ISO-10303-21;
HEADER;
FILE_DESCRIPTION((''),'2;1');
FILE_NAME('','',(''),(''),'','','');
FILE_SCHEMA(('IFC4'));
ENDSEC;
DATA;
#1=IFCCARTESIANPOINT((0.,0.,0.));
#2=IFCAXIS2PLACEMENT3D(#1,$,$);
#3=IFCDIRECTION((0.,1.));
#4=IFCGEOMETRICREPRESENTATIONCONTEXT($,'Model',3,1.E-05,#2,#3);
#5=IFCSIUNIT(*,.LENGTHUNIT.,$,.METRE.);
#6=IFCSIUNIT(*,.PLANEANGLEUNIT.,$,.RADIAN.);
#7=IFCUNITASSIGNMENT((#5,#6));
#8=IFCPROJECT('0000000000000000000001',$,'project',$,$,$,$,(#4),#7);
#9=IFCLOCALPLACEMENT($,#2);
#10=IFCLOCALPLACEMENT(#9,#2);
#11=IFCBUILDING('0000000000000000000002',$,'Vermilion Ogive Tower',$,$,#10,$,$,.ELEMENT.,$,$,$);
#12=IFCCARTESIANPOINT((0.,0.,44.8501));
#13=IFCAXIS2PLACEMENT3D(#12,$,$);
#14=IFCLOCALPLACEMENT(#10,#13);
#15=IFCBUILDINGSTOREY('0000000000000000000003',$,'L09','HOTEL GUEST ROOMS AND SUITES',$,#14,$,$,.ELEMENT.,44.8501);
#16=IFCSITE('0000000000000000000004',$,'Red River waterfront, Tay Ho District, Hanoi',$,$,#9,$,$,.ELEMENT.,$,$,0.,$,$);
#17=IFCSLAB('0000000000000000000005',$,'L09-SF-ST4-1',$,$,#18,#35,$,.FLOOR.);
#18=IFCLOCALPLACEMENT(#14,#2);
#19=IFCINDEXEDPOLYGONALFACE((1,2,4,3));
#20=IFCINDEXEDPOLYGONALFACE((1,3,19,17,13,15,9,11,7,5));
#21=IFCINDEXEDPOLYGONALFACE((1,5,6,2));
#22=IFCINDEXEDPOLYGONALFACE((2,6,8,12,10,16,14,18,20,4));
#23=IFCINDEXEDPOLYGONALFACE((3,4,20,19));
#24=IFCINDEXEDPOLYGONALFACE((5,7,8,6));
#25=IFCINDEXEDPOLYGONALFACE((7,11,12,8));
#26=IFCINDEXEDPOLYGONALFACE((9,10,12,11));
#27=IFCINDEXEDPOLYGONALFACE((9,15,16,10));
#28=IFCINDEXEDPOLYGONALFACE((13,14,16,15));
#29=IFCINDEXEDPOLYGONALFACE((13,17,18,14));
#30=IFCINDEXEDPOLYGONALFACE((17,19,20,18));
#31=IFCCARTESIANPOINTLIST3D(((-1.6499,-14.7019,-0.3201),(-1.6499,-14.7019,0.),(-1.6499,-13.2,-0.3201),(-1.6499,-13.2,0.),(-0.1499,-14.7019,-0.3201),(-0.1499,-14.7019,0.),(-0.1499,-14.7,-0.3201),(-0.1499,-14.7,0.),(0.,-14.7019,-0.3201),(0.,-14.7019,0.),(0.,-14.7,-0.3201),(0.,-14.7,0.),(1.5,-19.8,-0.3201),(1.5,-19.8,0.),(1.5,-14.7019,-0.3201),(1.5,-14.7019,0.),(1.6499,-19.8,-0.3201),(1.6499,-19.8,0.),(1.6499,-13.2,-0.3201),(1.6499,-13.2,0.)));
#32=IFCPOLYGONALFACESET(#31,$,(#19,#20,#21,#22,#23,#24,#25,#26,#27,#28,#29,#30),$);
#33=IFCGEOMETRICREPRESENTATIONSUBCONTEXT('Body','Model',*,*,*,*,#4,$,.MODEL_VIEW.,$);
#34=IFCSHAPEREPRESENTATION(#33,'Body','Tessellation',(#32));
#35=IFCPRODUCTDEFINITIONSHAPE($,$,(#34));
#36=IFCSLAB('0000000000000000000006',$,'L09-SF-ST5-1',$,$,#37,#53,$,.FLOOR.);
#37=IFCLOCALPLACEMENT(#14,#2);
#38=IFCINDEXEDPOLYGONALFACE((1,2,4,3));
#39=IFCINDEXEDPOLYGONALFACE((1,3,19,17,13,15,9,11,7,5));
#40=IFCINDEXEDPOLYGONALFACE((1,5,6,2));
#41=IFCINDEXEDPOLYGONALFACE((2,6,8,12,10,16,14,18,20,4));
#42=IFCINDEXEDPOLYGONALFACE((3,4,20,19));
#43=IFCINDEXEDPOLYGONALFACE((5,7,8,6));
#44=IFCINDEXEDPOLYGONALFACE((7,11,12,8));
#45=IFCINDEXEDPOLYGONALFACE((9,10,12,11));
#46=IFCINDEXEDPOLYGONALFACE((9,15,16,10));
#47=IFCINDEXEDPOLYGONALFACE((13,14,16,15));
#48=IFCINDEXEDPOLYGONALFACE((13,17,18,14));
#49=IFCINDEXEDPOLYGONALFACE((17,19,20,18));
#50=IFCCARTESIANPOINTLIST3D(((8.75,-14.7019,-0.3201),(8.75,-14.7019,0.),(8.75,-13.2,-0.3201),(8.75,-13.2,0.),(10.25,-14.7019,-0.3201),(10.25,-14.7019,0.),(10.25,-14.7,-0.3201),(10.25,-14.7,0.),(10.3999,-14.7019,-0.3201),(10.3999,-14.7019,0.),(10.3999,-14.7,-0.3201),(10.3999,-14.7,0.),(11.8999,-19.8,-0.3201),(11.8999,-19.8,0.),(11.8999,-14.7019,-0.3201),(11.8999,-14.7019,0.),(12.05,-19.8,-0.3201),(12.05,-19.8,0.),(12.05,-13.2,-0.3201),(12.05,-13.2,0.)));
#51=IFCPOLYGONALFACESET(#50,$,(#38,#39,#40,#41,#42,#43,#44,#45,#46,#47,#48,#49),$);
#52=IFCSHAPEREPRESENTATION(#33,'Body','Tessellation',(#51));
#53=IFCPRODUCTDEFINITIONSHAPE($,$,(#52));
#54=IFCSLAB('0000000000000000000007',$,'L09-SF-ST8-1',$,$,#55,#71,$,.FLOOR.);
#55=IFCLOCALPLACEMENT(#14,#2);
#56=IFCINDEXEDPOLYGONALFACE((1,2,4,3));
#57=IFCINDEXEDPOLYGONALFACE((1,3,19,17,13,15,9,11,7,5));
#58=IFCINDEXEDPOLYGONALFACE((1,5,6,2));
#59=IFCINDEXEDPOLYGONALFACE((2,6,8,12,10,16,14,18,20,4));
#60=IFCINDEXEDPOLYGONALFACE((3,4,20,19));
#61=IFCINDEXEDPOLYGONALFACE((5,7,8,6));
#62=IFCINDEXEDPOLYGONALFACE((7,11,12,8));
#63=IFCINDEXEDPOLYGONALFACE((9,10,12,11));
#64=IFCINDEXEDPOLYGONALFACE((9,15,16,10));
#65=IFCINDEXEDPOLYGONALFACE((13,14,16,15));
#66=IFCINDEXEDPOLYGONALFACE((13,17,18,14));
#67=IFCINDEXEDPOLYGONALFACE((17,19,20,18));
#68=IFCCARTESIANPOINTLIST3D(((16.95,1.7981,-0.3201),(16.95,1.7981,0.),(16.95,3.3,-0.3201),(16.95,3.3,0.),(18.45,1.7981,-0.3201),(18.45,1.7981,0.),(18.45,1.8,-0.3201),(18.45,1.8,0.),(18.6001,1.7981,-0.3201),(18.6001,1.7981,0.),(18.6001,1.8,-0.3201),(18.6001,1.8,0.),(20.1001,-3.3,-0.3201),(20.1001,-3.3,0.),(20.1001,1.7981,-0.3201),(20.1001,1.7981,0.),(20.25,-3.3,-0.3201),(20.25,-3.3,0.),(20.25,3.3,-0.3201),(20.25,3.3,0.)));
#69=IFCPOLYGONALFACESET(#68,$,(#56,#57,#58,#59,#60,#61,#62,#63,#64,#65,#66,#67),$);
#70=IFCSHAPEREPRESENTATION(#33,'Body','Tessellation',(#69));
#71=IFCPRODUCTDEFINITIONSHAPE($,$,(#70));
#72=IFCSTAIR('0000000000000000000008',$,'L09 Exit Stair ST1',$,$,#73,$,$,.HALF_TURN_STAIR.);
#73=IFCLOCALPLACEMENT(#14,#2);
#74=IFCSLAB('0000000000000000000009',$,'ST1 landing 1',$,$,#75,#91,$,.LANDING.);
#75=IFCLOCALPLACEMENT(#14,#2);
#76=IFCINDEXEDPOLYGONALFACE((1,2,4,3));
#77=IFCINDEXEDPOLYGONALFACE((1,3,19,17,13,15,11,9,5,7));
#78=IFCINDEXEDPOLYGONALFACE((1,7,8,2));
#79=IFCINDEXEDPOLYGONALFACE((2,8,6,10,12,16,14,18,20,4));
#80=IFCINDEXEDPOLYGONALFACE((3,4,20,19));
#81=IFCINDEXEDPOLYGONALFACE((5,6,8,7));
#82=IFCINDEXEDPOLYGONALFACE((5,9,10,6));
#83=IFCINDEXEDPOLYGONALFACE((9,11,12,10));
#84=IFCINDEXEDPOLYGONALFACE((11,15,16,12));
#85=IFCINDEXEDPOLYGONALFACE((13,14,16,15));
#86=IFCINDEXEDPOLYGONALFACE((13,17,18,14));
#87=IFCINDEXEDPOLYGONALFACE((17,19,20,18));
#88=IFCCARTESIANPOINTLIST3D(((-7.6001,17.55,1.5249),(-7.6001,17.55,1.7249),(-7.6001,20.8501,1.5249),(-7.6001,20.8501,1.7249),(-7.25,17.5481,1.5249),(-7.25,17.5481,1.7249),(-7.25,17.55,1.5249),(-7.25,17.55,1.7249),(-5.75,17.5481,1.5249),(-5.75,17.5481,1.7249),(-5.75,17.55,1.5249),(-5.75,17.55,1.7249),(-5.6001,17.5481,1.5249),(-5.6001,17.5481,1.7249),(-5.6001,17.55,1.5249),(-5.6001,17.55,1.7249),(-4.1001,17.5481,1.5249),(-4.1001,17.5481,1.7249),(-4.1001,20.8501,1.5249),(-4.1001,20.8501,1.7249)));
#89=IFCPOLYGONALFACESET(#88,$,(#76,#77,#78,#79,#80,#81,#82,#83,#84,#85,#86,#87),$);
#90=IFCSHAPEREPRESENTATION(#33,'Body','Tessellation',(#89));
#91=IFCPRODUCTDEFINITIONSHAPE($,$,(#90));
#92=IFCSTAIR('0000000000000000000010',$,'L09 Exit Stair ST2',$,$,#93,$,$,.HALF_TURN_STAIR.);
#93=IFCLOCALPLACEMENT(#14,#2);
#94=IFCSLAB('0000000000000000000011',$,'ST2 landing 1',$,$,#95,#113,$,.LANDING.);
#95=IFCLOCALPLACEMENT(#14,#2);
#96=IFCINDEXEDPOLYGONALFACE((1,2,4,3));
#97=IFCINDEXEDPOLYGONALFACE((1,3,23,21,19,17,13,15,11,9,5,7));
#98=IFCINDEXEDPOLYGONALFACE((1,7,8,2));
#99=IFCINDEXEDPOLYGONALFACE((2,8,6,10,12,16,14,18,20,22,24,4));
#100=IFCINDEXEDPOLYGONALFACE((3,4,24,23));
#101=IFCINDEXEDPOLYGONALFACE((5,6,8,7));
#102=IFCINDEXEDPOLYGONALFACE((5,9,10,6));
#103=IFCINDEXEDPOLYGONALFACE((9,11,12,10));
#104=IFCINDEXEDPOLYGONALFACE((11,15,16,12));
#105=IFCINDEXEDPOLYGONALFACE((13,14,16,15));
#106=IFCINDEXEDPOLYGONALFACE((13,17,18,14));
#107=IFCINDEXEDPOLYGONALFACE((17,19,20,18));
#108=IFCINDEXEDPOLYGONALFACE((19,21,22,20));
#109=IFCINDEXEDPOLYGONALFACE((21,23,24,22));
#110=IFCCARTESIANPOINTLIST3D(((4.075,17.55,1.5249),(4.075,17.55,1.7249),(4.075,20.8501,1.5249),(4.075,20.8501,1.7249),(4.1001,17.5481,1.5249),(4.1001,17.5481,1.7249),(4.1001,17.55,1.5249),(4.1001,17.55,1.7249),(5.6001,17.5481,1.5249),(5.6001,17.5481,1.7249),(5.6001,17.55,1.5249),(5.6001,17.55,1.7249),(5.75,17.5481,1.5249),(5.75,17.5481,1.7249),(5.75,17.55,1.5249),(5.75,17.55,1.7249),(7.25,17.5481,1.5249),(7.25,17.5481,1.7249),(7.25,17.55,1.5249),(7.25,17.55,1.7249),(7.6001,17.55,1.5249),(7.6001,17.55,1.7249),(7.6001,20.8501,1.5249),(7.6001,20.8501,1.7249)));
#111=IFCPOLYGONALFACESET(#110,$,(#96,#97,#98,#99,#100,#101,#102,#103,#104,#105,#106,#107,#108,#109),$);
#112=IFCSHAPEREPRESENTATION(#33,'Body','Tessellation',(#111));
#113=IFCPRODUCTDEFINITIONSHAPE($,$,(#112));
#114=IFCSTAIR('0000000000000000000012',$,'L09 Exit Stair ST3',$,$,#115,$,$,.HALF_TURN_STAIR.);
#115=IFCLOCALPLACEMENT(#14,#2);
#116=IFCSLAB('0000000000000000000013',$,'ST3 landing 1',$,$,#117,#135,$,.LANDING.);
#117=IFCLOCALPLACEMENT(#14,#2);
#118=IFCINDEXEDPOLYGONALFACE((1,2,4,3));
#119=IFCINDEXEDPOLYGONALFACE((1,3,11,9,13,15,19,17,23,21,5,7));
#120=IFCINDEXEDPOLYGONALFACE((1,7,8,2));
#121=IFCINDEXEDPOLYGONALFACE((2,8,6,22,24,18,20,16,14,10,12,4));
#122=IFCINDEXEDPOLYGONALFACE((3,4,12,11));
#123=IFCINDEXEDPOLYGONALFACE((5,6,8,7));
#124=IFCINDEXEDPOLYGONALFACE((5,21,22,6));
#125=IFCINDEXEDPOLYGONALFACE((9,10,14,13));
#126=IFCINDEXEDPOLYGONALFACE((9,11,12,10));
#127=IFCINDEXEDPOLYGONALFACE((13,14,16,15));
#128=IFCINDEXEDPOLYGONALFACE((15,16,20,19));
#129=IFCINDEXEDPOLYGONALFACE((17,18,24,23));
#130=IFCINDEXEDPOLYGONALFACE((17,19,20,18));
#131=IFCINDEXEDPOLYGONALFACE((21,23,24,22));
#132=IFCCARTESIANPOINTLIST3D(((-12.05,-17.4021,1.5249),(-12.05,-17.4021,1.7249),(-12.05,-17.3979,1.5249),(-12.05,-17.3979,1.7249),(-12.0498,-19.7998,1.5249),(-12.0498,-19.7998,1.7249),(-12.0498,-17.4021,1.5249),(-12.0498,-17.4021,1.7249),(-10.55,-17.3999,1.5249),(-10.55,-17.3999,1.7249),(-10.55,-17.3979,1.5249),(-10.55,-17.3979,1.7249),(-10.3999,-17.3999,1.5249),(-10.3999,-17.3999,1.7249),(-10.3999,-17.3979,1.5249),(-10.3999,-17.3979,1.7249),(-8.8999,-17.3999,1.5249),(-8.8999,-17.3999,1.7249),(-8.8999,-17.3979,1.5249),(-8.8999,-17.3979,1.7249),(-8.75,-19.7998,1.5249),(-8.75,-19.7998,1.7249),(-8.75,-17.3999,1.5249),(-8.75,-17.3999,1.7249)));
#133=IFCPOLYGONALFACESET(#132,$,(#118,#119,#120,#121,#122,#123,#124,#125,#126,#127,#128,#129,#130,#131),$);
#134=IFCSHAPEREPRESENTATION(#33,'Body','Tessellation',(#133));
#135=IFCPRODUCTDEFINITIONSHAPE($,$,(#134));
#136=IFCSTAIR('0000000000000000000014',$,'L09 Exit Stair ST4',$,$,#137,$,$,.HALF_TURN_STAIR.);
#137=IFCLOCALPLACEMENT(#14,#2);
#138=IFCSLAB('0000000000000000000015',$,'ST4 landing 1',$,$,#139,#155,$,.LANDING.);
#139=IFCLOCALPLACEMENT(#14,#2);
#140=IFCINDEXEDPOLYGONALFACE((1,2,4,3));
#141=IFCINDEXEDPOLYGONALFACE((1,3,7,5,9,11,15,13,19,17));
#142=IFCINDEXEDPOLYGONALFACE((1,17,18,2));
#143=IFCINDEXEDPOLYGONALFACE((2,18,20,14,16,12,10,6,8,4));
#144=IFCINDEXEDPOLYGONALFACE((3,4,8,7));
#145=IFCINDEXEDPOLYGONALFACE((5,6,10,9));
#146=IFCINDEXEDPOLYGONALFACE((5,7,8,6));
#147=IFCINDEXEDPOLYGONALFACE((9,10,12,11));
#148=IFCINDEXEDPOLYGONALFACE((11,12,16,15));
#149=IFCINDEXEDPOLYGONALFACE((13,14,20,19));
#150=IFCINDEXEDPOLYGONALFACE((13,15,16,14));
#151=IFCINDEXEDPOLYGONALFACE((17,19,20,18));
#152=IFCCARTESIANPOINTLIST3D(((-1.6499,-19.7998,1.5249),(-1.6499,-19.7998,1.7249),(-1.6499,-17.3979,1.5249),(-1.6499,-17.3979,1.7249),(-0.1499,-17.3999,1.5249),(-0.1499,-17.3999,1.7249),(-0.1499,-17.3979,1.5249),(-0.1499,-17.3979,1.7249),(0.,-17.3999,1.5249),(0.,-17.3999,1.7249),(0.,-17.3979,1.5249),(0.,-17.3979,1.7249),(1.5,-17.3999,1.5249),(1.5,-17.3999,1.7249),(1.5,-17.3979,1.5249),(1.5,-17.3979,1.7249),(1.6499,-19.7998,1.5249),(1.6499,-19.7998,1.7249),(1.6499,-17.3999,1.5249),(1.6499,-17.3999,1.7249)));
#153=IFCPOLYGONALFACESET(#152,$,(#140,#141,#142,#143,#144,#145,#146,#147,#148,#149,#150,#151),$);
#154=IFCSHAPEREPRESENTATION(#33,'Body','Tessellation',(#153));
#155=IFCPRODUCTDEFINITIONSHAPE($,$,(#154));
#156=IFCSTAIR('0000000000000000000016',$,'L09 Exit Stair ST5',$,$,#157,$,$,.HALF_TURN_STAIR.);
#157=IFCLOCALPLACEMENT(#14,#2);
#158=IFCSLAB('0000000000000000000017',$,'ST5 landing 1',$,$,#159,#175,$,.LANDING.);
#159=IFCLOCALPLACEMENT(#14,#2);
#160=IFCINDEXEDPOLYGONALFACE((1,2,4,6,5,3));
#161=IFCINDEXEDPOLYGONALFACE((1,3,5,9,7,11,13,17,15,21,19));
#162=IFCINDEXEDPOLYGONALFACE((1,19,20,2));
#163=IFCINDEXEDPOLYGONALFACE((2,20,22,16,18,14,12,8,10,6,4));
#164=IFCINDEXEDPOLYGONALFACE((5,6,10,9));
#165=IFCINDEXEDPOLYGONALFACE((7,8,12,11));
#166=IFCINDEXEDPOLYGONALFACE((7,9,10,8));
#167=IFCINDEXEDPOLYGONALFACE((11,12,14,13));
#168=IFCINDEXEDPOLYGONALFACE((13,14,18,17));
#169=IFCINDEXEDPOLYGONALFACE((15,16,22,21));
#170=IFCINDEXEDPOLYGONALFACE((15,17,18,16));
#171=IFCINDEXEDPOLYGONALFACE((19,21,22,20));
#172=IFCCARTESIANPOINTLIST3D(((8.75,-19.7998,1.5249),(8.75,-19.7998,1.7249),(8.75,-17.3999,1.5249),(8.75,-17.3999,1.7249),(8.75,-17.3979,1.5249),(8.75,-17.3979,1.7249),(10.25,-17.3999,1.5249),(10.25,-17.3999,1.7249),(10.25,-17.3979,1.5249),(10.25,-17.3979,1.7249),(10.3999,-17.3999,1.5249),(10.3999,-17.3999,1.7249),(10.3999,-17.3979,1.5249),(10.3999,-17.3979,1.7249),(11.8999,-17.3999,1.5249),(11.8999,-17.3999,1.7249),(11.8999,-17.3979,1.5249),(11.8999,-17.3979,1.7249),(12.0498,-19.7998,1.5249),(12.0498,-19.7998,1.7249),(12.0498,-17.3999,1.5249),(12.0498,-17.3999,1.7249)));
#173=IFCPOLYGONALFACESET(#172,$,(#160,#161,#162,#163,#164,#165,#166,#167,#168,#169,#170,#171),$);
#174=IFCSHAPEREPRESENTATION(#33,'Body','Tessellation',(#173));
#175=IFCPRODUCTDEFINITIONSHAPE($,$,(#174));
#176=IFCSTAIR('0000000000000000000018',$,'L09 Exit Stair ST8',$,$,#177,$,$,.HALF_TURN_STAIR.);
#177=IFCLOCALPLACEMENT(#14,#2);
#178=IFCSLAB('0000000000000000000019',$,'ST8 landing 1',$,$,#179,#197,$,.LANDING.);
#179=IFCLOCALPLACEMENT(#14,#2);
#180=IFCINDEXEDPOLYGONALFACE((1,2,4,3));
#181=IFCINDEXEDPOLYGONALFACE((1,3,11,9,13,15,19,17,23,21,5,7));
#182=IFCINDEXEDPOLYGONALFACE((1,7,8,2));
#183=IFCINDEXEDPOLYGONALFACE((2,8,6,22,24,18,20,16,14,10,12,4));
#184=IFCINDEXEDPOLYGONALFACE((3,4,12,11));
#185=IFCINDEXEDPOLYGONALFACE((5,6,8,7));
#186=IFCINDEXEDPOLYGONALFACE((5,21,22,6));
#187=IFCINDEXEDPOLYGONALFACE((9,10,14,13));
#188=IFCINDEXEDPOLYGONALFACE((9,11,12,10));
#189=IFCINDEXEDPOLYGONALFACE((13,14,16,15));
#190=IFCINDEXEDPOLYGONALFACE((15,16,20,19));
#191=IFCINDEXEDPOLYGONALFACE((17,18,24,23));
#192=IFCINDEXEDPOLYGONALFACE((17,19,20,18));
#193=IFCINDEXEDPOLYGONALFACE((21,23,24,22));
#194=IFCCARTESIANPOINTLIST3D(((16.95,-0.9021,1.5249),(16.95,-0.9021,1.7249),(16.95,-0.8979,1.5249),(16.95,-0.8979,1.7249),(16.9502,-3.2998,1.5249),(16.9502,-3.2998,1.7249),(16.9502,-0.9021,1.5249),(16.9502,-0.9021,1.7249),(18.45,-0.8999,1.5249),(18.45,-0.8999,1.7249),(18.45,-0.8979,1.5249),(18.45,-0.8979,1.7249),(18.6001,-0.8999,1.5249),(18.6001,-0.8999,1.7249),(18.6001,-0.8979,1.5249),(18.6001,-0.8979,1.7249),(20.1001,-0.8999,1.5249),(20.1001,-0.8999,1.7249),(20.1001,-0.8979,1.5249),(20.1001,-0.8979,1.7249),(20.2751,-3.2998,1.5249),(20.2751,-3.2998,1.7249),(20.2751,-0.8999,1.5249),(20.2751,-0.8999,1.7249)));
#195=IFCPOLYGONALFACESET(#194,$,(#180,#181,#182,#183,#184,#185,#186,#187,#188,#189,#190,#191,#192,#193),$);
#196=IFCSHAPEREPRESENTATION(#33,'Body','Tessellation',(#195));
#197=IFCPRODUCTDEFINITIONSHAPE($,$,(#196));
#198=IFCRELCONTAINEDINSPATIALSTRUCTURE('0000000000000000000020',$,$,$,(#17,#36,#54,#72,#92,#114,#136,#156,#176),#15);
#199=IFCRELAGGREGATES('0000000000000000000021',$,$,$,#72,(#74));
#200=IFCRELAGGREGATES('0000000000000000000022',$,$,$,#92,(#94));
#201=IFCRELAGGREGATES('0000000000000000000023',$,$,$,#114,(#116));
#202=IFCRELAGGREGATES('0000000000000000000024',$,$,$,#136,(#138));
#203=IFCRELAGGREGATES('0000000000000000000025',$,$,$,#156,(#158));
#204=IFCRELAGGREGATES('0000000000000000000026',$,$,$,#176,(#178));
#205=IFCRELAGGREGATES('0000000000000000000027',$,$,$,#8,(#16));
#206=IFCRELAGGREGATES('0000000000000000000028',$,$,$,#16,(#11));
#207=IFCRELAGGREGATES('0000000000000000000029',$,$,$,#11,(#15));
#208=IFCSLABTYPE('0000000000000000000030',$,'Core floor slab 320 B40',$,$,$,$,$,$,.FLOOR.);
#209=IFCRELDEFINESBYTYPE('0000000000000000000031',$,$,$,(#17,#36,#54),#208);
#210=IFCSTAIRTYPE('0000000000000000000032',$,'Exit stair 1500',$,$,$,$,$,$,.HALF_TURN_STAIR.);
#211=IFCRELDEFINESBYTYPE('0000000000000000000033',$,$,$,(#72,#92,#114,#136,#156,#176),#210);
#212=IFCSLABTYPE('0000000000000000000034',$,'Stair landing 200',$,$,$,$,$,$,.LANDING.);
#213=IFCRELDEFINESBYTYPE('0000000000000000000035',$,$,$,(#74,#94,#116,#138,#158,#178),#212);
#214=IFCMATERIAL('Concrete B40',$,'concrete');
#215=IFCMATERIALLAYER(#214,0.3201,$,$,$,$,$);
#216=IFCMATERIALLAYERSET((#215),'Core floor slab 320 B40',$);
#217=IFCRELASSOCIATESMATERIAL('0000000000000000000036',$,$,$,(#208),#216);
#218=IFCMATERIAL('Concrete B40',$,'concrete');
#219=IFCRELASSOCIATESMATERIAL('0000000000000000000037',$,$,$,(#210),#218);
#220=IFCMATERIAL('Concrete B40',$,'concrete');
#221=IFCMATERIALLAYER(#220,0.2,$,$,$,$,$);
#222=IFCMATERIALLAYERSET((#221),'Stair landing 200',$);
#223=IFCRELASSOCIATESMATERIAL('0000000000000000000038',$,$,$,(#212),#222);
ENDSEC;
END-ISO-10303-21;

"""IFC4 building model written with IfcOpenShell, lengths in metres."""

from ifc_helpers import new_model, si_unit, direction, frame, origin, place, context, subcontext, project, spatial, polyline, outline, extrude, material, layer, layer_set, type_object, element, aggregate, save


model = new_model("IFC4")

# Units and contexts
model_context = context("Model", 3, precision=1e-05, world=origin(), true_north=direction((0.0, 1.0)))
body_context = subcontext(model_context, "Body", "Model", "MODEL_VIEW")
ifc_project = project(units=[si_unit("LENGTHUNIT", "METRE"), si_unit("PLANEANGLEUNIT", "RADIAN")], contexts=[model_context])

# Site, building, storey
site_placement = place(None, origin())
site = spatial("IfcSite", under=ifc_project, at=site_placement, Name="Red River waterfront, Tay Ho District, Hanoi", CompositionType="ELEMENT", RefElevation=0.0)
building_placement = place(site_placement, origin())
building = spatial("IfcBuilding", under=site, at=building_placement, Name="Vermilion Ogive Tower", CompositionType="ELEMENT")
storey_placement = place(building_placement, frame((0.0, 0.0, 44.8501)))
storey = spatial("IfcBuildingStorey", under=building, at=storey_placement, Name="L09", Description="HOTEL GUEST ROOMS AND SUITES", CompositionType="ELEMENT", Elevation=44.8501)

# Slabs
ifc_material_1 = material(Name="Concrete B40", Category="concrete")
ifc_layer_1 = layer(ifc_material_1, 0.3201)
ifc_layer_set_1 = layer_set([ifc_layer_1], Name="Core floor slab 320 B40")
slab_type_1 = type_object("IfcSlabType", Name="Core floor slab 320 B40", PredefinedType="FLOOR", material=ifc_layer_set_1)
slab_1_placement = place(storey_placement, frame((0.0, 0.0, -0.3201)))
element("IfcSlab", 1, at=slab_1_placement, inside=storey, type_object=slab_type_1, Name="L09-SF-ST4-1", PredefinedType="FLOOR", context=body_context, shape_type="SweptSolid", body=[
    extrude(outline(polyline([(-1.6499, -13.2), (-1.6499, -14.7019), (-0.1499, -14.7019), (-0.1499, -14.7), (0.0, -14.7), (0.0, -14.7019), (1.5, -14.7019), (1.5, -19.8), (1.6499, -19.8), (1.6499, -13.2), (-1.6499, -13.2)])), origin(), (0.0, 0.0, 1.0), 0.3201),
])
slab_2_placement = place(storey_placement, frame((0.0, 0.0, -0.3201)))
element("IfcSlab", 2, at=slab_2_placement, inside=storey, type_object=slab_type_1, Name="L09-SF-ST5-1", PredefinedType="FLOOR", context=body_context, shape_type="SweptSolid", body=[
    extrude(outline(polyline([(8.75, -13.2), (8.75, -14.7019), (10.25, -14.7019), (10.25, -14.7), (10.3999, -14.7), (10.3999, -14.7019), (11.8999, -14.7019), (11.8999, -19.8), (12.05, -19.8), (12.05, -13.2), (8.75, -13.2)])), origin(), (0.0, 0.0, 1.0), 0.3201),
])
slab_3_placement = place(storey_placement, frame((0.0, 0.0, -0.3201)))
element("IfcSlab", 3, at=slab_3_placement, inside=storey, type_object=slab_type_1, Name="L09-SF-ST8-1", PredefinedType="FLOOR", context=body_context, shape_type="SweptSolid", body=[
    extrude(outline(polyline([(16.95, 3.3), (16.95, 1.7981), (18.45, 1.7981), (18.45, 1.8), (18.6001, 1.8), (18.6001, 1.7981), (20.1001, 1.7981), (20.1001, -3.3), (20.25, -3.3), (20.25, 3.3), (16.95, 3.3)])), origin(), (0.0, 0.0, 1.0), 0.3201),
])

# Stairs, slabs
ifc_material_2 = material(Name="Concrete B40", Category="concrete")
stair_type = type_object("IfcStairType", Name="Exit stair 1500", PredefinedType="HALF_TURN_STAIR", material=ifc_material_2)
stair_1_placement = place(storey_placement, origin())
stair_1 = element("IfcStair", 4, at=stair_1_placement, inside=storey, type_object=stair_type, Name="L09 Exit Stair ST1", PredefinedType="HALF_TURN_STAIR")
ifc_material_3 = material(Name="Concrete B40", Category="concrete")
ifc_layer_2 = layer(ifc_material_3, 0.2)
ifc_layer_set_2 = layer_set([ifc_layer_2], Name="Stair landing 200")
slab_type_2 = type_object("IfcSlabType", Name="Stair landing 200", PredefinedType="LANDING", material=ifc_layer_set_2)
slab_4_placement = place(storey_placement, frame((0.0, 0.0, 1.5249)))
slab_4 = element("IfcSlab", 5, at=slab_4_placement, type_object=slab_type_2, Name="ST1 landing 1", PredefinedType="LANDING", context=body_context, shape_type="SweptSolid", body=[
    extrude(outline(polyline([(-7.6001, 17.55), (-7.25, 17.55), (-7.25, 17.5481), (-5.75, 17.5481), (-5.75, 17.55), (-5.6001, 17.55), (-5.6001, 17.5481), (-4.1001, 17.5481), (-4.1001, 20.8501), (-7.6001, 20.8501), (-7.6001, 17.55)])), origin(), (0.0, 0.0, 1.0), 0.2),
])
aggregate(stair_1, [slab_4])
stair_2_placement = place(storey_placement, origin())
stair_2 = element("IfcStair", 6, at=stair_2_placement, inside=storey, type_object=stair_type, Name="L09 Exit Stair ST2", PredefinedType="HALF_TURN_STAIR")
slab_5_placement = place(storey_placement, frame((0.0, 0.0, 1.5249)))
slab_5 = element("IfcSlab", 7, at=slab_5_placement, type_object=slab_type_2, Name="ST2 landing 1", PredefinedType="LANDING", context=body_context, shape_type="SweptSolid", body=[
    extrude(outline(polyline([(5.6001, 17.55), (5.75, 17.55), (5.75, 17.5481), (7.25, 17.5481), (7.25, 17.55), (7.6001, 17.55), (7.6001, 20.8501), (4.075, 20.8501), (4.075, 17.55), (4.1001, 17.55), (4.1001, 17.5481), (5.6001, 17.5481), (5.6001, 17.55)])), origin(), (0.0, 0.0, 1.0), 0.2),
])
aggregate(stair_2, [slab_5])
stair_3_placement = place(storey_placement, origin())
stair_3 = element("IfcStair", 8, at=stair_3_placement, inside=storey, type_object=stair_type, Name="L09 Exit Stair ST3", PredefinedType="HALF_TURN_STAIR")
slab_6_placement = place(storey_placement, frame((0.0, 0.0, 1.5249)))
slab_6 = element("IfcSlab", 9, at=slab_6_placement, type_object=slab_type_2, Name="ST3 landing 1", PredefinedType="LANDING", context=body_context, shape_type="SweptSolid", body=[
    extrude(outline(polyline([(-8.75, -17.3999), (-8.8999, -17.3999), (-8.8999, -17.3979), (-10.3999, -17.3979), (-10.3999, -17.3999), (-10.55, -17.3999), (-10.55, -17.3979), (-12.05, -17.3979), (-12.05, -17.4021), (-12.0498, -17.4021), (-12.0498, -19.7998), (-8.75, -19.7998), (-8.75, -17.3999)])), origin(), (0.0, 0.0, 1.0), 0.2),
])
aggregate(stair_3, [slab_6])
stair_4_placement = place(storey_placement, origin())
stair_4 = element("IfcStair", 10, at=stair_4_placement, inside=storey, type_object=stair_type, Name="L09 Exit Stair ST4", PredefinedType="HALF_TURN_STAIR")
slab_7_placement = place(storey_placement, frame((0.0, 0.0, 1.5249)))
slab_7 = element("IfcSlab", 11, at=slab_7_placement, type_object=slab_type_2, Name="ST4 landing 1", PredefinedType="LANDING", context=body_context, shape_type="SweptSolid", body=[
    extrude(outline(polyline([(1.6499, -17.3999), (1.5, -17.3999), (1.5, -17.3979), (0.0, -17.3979), (0.0, -17.3999), (-0.1499, -17.3999), (-0.1499, -17.3979), (-1.6499, -17.3979), (-1.6499, -19.7998), (1.6499, -19.7998), (1.6499, -17.3999)])), origin(), (0.0, 0.0, 1.0), 0.2),
])
aggregate(stair_4, [slab_7])
stair_5_placement = place(storey_placement, origin())
stair_5 = element("IfcStair", 12, at=stair_5_placement, inside=storey, type_object=stair_type, Name="L09 Exit Stair ST5", PredefinedType="HALF_TURN_STAIR")
slab_8_placement = place(storey_placement, frame((0.0, 0.0, 1.5249)))
slab_8 = element("IfcSlab", 13, at=slab_8_placement, type_object=slab_type_2, Name="ST5 landing 1", PredefinedType="LANDING", context=body_context, shape_type="SweptSolid", body=[
    extrude(outline(polyline([(12.0498, -17.3999), (11.8999, -17.3999), (11.8999, -17.3979), (10.3999, -17.3979), (10.3999, -17.3999), (10.25, -17.3999), (10.25, -17.3979), (8.75, -17.3979), (8.75, -17.3999), (8.75, -17.3999), (8.75, -19.7998), (12.0498, -19.7998), (12.0498, -17.3999)])), origin(), (0.0, 0.0, 1.0), 0.2),
])
aggregate(stair_5, [slab_8])
stair_6_placement = place(storey_placement, origin())
stair_6 = element("IfcStair", 14, at=stair_6_placement, inside=storey, type_object=stair_type, Name="L09 Exit Stair ST8", PredefinedType="HALF_TURN_STAIR")
slab_9_placement = place(storey_placement, frame((0.0, 0.0, 1.5249)))
slab_9 = element("IfcSlab", 15, at=slab_9_placement, type_object=slab_type_2, Name="ST8 landing 1", PredefinedType="LANDING", context=body_context, shape_type="SweptSolid", body=[
    extrude(outline(polyline([(20.2751, -0.8999), (20.1001, -0.8999), (20.1001, -0.8979), (18.6001, -0.8979), (18.6001, -0.8999), (18.45, -0.8999), (18.45, -0.8979), (16.95, -0.8979), (16.95, -0.9021), (16.9502, -0.9021), (16.9502, -3.2998), (20.2751, -3.2998), (20.2751, -0.8999)])), origin(), (0.0, 0.0, 1.0), 0.2),
])
aggregate(stair_6, [slab_9])

save(model, "model.ifc")
